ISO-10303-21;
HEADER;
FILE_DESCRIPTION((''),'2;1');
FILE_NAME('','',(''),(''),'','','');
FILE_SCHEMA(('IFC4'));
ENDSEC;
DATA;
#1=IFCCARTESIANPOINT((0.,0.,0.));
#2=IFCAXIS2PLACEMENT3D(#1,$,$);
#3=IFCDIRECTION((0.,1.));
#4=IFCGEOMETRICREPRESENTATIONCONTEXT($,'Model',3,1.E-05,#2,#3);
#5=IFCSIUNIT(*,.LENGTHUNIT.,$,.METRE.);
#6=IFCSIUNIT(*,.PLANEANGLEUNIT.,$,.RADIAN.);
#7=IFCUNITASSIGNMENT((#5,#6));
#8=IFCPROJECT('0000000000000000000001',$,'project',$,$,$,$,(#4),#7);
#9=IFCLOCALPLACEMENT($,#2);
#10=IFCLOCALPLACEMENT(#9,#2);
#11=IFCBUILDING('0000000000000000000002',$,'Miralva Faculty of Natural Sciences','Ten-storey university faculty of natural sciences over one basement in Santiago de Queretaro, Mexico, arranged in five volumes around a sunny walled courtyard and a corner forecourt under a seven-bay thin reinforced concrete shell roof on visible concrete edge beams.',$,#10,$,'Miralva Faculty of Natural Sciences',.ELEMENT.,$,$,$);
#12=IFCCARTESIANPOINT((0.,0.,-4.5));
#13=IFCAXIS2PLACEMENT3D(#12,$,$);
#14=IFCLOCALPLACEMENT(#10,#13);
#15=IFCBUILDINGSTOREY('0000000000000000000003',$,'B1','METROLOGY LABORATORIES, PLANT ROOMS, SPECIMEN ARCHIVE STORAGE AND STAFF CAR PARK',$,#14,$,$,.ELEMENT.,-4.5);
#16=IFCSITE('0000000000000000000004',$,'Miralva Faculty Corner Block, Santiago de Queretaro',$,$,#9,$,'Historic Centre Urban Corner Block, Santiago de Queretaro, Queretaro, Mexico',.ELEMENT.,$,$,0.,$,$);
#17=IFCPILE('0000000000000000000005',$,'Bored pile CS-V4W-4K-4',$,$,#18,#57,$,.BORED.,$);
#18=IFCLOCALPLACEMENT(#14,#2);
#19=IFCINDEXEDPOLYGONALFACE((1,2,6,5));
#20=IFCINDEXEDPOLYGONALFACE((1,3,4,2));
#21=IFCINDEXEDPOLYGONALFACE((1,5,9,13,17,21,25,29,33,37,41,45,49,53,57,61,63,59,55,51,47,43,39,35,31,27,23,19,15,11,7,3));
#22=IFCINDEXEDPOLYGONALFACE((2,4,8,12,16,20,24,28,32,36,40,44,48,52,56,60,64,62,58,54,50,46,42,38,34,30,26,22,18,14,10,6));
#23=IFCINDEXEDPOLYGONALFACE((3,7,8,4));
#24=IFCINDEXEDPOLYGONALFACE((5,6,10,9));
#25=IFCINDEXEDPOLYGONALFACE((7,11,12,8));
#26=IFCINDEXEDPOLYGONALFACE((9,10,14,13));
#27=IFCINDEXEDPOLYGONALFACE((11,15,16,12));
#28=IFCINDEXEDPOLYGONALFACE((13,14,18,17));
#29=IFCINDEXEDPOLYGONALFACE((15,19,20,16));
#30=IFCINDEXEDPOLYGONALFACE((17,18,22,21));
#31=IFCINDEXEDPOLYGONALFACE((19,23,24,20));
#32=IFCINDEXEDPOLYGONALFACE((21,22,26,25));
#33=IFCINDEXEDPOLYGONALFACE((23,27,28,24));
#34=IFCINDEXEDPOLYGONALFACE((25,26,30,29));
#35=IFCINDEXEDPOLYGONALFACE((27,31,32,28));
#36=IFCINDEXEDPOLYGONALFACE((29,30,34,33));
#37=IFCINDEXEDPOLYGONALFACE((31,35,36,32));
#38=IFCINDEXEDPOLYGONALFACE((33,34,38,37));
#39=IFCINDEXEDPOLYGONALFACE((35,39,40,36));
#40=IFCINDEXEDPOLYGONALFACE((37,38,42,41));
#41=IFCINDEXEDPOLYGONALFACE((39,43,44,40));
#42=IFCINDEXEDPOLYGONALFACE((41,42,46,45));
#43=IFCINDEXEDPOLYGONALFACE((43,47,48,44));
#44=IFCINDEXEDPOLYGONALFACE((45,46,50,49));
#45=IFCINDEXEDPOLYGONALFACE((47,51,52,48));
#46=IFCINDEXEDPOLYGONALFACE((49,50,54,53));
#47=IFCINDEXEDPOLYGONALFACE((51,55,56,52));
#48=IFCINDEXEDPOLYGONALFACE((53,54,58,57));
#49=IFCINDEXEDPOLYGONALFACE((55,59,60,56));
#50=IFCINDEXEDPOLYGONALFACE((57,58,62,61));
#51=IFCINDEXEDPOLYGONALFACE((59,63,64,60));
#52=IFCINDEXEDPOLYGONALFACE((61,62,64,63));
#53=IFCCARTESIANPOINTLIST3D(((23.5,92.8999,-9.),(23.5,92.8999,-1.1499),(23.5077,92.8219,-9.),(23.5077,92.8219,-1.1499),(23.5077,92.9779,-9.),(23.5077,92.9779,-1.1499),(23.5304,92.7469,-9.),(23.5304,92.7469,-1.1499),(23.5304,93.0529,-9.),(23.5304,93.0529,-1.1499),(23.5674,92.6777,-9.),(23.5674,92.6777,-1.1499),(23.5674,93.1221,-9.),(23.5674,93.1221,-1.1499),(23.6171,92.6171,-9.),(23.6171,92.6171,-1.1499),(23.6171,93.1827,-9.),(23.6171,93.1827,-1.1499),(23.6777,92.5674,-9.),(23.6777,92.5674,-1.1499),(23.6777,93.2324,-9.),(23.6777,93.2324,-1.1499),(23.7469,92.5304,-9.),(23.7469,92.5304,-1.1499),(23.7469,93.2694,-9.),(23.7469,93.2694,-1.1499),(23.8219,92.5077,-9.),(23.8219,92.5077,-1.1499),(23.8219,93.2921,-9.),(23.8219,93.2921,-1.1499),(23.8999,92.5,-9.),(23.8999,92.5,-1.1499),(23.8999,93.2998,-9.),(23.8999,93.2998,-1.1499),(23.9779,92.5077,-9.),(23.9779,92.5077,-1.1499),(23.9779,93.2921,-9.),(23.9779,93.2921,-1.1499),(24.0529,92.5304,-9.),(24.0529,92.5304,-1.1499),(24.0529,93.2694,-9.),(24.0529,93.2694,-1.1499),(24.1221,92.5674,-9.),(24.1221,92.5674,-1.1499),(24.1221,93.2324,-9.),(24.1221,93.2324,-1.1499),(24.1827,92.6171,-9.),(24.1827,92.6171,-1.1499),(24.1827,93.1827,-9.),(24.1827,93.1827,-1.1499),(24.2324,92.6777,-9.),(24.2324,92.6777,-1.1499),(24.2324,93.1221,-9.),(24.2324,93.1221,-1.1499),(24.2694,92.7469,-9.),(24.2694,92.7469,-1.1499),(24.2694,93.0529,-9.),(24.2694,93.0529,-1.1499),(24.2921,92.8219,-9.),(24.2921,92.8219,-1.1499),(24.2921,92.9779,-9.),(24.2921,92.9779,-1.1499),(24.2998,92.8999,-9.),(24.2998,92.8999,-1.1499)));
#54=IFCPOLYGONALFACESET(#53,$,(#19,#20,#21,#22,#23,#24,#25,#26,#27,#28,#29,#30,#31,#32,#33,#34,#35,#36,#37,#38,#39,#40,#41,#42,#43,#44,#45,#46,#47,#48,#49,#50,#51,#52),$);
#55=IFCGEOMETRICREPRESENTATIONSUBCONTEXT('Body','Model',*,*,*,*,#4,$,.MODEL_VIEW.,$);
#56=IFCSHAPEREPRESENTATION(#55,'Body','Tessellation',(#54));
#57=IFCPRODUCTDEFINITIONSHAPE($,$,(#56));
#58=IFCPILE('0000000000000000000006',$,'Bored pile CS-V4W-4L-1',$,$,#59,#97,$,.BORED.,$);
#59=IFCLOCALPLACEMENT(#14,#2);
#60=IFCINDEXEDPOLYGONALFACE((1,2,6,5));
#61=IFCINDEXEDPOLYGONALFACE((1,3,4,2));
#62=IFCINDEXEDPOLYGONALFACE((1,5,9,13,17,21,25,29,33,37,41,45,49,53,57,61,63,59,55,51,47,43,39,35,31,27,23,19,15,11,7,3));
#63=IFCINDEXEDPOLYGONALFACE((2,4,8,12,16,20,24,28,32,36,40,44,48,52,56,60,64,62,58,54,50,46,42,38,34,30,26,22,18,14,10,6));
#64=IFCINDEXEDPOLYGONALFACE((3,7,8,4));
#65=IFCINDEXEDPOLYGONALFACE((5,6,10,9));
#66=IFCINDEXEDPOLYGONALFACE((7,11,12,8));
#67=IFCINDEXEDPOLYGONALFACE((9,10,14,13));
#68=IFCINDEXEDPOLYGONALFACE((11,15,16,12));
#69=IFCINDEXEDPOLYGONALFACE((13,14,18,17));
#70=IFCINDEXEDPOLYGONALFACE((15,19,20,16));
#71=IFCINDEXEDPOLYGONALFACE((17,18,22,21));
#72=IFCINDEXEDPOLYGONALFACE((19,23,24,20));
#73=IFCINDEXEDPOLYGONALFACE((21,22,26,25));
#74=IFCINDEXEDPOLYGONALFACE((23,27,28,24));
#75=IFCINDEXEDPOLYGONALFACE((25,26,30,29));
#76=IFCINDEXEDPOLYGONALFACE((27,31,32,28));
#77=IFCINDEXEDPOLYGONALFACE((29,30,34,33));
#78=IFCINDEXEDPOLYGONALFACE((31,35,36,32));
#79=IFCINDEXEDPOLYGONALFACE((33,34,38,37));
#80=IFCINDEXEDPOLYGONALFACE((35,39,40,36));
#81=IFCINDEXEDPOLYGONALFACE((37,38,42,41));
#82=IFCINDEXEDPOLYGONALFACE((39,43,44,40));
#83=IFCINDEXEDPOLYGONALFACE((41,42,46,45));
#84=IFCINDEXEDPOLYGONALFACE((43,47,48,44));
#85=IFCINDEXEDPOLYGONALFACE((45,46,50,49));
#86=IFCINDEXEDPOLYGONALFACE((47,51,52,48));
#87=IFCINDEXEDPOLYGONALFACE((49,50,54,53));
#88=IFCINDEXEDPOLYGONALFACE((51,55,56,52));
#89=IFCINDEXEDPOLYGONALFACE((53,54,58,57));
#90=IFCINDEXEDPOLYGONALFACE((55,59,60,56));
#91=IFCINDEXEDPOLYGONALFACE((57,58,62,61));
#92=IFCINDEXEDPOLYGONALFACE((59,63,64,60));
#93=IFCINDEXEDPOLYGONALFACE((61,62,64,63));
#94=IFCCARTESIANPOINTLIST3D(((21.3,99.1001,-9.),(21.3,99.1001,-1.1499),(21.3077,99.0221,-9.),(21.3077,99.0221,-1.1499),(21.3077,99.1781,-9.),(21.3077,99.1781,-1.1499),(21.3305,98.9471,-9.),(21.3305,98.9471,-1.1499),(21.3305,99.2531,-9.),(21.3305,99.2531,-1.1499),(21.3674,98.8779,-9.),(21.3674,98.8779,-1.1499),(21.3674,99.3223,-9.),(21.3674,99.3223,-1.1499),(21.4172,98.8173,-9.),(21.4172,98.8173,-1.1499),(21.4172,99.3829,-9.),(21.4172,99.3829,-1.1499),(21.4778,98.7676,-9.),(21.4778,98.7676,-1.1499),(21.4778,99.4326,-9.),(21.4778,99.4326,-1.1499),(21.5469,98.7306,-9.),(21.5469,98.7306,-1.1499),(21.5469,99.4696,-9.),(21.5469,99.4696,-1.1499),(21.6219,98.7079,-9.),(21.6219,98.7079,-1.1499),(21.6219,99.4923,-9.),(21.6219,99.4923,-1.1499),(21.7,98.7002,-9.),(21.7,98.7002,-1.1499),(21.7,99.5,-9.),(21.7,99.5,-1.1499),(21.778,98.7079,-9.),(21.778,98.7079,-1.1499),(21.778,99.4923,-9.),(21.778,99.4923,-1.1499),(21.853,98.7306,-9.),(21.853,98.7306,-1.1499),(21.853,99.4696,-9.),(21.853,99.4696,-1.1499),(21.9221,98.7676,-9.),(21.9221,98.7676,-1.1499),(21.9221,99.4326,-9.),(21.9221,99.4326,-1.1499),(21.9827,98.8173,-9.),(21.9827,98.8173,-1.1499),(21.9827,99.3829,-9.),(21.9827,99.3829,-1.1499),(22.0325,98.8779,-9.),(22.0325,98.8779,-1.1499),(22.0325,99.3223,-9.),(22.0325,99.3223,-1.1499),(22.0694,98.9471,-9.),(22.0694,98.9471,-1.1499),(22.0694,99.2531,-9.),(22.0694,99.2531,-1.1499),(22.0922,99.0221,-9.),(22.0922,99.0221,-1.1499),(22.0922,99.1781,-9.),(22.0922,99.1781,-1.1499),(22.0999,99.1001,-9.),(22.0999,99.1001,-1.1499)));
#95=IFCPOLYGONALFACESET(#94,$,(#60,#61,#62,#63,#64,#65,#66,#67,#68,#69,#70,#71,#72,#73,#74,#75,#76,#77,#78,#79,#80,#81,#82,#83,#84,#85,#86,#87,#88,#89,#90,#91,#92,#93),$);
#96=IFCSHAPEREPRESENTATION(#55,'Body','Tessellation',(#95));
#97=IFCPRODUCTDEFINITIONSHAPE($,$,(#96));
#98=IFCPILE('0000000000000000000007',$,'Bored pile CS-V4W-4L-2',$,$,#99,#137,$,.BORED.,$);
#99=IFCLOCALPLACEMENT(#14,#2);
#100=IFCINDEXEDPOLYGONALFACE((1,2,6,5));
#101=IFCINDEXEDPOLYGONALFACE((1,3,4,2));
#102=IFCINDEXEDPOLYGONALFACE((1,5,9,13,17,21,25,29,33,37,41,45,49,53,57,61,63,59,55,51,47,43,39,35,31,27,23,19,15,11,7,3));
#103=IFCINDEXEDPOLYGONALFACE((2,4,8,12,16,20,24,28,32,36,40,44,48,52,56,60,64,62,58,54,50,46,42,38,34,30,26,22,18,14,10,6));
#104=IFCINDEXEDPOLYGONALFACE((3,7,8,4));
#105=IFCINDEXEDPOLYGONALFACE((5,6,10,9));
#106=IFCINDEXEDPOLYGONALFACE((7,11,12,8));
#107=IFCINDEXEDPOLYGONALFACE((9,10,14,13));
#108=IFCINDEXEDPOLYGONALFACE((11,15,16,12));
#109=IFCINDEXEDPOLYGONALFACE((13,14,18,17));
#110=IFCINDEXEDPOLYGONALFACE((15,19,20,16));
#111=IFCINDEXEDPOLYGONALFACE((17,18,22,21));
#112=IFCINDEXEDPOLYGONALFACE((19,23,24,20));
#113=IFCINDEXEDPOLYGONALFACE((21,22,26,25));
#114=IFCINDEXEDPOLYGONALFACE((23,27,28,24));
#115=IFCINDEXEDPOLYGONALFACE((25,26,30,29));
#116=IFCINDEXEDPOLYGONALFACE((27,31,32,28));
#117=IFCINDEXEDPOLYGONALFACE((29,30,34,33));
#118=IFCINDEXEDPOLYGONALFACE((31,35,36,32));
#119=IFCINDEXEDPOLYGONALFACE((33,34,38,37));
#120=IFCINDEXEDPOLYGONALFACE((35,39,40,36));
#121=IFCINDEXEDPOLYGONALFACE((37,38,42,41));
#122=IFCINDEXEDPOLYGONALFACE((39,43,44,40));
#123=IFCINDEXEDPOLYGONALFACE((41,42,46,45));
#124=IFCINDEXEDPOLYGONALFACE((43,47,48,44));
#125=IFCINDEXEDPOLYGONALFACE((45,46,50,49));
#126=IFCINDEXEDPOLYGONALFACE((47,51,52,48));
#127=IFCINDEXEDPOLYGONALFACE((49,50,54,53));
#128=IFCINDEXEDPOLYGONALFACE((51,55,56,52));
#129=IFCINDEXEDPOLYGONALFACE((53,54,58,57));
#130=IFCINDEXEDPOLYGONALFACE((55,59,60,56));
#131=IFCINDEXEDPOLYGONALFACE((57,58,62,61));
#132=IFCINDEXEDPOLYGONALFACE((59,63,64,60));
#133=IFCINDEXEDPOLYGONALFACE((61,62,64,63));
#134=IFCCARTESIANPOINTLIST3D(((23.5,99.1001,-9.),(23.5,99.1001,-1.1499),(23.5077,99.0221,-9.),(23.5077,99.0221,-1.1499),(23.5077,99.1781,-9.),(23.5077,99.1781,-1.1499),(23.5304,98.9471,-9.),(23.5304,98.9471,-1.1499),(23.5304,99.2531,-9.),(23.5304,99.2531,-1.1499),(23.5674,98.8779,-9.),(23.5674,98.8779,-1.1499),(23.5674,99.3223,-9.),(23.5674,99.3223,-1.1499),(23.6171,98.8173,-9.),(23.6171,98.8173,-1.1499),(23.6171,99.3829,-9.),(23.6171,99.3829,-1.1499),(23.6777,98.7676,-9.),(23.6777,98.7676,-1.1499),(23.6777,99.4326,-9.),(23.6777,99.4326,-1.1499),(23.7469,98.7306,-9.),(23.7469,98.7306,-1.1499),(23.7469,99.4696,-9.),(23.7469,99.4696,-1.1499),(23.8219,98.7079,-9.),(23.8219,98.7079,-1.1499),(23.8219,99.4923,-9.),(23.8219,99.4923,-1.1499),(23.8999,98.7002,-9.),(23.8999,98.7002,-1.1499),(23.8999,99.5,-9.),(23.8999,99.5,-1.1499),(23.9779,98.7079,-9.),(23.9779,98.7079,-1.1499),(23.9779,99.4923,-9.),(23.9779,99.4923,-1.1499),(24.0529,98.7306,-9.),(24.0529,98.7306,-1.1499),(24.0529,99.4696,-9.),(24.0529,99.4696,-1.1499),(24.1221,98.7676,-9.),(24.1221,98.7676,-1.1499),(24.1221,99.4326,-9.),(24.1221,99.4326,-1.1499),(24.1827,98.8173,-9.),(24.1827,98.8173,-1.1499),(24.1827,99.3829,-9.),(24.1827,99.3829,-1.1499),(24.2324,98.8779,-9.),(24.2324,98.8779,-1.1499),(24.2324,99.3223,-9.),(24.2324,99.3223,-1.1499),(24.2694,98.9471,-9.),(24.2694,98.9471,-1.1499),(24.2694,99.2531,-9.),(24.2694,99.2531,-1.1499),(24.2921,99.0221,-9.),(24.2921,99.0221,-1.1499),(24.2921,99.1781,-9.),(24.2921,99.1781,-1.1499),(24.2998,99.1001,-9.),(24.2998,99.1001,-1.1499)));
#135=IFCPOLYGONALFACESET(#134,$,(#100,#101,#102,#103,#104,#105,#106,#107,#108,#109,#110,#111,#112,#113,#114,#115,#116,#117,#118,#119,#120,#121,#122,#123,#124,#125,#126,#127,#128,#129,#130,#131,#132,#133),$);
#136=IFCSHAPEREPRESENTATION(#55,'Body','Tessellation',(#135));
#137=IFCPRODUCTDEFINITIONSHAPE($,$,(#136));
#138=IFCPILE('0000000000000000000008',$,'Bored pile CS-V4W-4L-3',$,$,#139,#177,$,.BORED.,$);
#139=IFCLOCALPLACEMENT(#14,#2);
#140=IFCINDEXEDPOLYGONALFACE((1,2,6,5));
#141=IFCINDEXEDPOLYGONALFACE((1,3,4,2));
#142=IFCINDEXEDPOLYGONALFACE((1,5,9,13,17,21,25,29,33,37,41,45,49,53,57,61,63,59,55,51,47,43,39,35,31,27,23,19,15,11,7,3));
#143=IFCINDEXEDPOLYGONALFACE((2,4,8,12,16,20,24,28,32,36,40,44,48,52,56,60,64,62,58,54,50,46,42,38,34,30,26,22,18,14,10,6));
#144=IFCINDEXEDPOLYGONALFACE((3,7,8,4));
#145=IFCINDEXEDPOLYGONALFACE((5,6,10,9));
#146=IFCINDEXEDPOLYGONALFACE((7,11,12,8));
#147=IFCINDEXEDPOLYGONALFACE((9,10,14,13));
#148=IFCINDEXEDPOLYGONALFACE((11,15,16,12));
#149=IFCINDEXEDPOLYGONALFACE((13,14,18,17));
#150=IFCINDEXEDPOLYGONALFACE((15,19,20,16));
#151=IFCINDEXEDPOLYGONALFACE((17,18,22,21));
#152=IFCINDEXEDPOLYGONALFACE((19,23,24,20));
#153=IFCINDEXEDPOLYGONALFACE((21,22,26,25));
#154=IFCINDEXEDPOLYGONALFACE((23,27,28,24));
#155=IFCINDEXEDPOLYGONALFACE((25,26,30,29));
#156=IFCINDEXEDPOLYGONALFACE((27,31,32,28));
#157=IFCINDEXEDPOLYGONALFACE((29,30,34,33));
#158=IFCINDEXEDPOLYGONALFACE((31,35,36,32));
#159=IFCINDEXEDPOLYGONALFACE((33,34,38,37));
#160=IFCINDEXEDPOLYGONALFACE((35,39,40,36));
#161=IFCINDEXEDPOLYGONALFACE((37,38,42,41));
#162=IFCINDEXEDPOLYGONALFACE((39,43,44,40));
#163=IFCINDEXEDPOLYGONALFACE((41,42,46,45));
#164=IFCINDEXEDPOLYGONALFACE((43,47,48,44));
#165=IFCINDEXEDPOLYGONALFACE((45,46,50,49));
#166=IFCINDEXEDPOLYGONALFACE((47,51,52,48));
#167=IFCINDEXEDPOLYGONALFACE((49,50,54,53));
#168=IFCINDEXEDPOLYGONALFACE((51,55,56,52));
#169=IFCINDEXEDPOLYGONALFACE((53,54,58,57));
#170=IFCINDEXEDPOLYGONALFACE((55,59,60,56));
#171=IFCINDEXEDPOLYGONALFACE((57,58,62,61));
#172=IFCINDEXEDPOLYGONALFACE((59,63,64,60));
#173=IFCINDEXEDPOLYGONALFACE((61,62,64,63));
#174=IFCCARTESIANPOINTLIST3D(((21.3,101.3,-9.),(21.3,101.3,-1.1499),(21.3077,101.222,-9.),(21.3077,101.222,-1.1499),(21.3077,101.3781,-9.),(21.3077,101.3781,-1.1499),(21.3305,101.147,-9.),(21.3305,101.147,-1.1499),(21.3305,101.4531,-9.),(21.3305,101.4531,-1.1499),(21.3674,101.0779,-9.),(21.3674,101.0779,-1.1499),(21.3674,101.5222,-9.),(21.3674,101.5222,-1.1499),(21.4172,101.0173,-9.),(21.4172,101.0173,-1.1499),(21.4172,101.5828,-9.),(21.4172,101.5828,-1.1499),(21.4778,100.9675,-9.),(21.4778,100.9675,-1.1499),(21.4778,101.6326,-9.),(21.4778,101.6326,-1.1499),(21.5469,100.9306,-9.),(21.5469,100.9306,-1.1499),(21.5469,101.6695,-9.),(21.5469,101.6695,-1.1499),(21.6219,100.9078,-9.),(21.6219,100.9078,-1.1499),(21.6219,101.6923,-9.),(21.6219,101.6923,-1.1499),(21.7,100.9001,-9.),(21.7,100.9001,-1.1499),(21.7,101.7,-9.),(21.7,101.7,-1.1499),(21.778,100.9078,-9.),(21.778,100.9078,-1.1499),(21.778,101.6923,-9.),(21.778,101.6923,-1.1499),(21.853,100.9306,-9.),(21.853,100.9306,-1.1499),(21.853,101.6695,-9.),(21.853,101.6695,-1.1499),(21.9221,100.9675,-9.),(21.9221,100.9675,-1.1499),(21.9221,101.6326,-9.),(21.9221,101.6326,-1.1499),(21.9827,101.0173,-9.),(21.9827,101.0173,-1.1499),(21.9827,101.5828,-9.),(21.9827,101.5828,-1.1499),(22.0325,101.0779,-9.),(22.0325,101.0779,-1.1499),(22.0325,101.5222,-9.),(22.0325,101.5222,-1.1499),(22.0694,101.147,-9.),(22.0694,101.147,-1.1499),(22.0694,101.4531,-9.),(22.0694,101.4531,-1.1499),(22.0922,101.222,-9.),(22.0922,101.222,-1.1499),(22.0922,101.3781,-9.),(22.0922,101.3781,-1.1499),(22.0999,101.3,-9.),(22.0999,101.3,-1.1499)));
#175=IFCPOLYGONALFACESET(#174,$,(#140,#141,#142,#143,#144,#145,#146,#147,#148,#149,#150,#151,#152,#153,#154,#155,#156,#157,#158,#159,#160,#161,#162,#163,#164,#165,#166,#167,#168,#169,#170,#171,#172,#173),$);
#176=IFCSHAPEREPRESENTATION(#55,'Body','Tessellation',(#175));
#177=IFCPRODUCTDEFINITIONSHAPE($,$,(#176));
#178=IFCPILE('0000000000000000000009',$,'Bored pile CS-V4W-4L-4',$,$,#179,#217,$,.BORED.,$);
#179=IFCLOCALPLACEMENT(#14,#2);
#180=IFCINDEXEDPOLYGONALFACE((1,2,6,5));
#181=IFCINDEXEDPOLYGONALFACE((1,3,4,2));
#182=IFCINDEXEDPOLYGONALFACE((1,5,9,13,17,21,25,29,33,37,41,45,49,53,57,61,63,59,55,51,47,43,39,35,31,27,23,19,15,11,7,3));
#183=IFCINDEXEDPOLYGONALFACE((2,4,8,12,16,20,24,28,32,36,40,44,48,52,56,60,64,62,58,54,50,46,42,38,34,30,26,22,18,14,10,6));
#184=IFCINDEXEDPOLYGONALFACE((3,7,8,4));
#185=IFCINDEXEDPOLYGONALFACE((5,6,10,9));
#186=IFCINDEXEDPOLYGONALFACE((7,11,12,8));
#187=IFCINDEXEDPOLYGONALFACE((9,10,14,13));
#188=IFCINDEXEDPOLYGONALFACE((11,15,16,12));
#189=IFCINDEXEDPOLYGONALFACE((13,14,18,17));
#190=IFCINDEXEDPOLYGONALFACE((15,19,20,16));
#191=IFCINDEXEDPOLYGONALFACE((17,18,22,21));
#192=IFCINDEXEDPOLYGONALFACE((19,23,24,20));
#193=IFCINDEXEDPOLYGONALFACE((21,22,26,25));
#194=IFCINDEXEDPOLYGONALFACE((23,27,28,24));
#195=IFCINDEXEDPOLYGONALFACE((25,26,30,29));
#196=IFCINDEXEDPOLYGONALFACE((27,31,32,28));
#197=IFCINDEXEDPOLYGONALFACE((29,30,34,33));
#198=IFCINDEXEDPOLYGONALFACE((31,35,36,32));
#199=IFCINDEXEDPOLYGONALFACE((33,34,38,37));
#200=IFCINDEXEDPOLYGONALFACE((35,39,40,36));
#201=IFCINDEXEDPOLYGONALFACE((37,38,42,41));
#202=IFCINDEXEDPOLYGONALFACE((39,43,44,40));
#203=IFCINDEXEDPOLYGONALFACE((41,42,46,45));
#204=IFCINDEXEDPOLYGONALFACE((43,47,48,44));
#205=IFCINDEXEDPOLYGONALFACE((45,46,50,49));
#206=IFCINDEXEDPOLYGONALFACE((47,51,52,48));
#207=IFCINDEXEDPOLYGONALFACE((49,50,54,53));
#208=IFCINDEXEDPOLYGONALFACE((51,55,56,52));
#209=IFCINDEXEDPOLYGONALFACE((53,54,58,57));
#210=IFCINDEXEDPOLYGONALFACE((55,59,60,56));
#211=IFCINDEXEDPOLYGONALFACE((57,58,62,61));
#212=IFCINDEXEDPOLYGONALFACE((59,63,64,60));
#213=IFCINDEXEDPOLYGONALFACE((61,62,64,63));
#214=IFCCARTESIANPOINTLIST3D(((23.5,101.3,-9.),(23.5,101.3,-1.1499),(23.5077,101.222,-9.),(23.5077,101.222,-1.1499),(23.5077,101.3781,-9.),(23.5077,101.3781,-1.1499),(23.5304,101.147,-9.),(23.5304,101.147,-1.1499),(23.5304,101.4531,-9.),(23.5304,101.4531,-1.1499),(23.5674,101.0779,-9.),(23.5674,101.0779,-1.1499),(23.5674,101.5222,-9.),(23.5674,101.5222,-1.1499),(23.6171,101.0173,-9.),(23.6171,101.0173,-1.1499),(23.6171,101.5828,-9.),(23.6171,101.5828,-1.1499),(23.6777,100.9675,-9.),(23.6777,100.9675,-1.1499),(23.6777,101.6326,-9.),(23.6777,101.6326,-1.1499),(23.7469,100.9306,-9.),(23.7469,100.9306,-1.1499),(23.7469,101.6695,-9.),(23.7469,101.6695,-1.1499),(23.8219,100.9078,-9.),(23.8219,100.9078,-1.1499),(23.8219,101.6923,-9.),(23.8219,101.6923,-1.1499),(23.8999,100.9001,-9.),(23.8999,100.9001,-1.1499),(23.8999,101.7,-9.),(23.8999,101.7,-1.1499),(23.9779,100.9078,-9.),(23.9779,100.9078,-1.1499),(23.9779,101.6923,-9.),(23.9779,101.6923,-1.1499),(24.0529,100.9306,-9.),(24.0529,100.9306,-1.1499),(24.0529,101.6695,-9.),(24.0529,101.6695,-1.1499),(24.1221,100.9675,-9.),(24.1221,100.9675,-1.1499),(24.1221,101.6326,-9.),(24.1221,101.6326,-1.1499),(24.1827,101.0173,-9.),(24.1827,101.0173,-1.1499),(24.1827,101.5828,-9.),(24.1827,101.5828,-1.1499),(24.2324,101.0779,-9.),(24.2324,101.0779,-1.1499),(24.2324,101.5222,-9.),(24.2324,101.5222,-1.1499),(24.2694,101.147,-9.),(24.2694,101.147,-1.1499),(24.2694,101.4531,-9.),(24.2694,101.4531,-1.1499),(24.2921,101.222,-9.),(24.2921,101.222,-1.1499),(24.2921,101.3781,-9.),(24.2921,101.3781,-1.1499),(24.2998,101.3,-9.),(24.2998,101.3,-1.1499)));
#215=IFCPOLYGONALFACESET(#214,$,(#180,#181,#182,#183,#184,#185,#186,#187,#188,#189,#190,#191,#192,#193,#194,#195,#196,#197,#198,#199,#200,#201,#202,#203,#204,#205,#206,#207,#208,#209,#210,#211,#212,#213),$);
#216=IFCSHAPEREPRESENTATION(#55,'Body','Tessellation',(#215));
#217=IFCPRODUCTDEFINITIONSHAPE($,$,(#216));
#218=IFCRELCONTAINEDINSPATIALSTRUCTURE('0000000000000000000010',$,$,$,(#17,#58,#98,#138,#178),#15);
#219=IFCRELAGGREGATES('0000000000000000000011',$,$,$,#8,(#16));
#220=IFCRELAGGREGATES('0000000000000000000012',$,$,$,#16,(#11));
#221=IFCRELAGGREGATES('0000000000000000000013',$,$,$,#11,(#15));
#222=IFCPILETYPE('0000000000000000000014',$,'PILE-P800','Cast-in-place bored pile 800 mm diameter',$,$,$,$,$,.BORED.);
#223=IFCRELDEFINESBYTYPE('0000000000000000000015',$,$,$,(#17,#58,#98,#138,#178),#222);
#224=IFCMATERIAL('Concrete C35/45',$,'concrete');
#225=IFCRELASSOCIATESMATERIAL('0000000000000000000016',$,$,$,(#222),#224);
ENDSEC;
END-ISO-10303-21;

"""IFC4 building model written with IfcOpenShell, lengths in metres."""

from ifc_helpers import new_model, si_unit, direction, frame, origin, origin_2d, place, context, subcontext, project, spatial, circle, extrude, material, material_profile, profile_set, type_object, element, save


model = new_model("IFC4")

# Units and contexts
model_context = context("Model", 3, precision=1e-05, world=origin(), true_north=direction((0.0, 1.0)))
body_context = subcontext(model_context, "Body", "Model", "MODEL_VIEW")
ifc_project = project(units=[si_unit("LENGTHUNIT", "METRE"), si_unit("PLANEANGLEUNIT", "RADIAN")], contexts=[model_context])

# Site, building, storey
site_placement = place(None, origin())
site = spatial("IfcSite", under=ifc_project, at=site_placement, Name="Miralva Faculty Corner Block, Santiago de Queretaro", LongName="Historic Centre Urban Corner Block, Santiago de Queretaro, Queretaro, Mexico", CompositionType="ELEMENT", RefElevation=0.0)
building_placement = place(site_placement, origin())
building = spatial("IfcBuilding", under=site, at=building_placement, Name="Miralva Faculty of Natural Sciences", Description="Ten-storey university faculty of natural sciences over one basement in Santiago de Queretaro, Mexico, arranged in five volumes around a sunny walled courtyard and a corner forecourt under a seven-bay thin reinforced concrete shell roof on visible concrete edge beams.", LongName="Miralva Faculty of Natural Sciences", CompositionType="ELEMENT")
storey_placement = place(building_placement, frame((0.0, 0.0, -4.5)))
storey = spatial("IfcBuildingStorey", under=building, at=storey_placement, Name="B1", Description="METROLOGY LABORATORIES, PLANT ROOMS, SPECIMEN ARCHIVE STORAGE AND STAFF CAR PARK", CompositionType="ELEMENT", Elevation=-4.5)

# Shared definitions
ifc_material_1 = material(Name="Concrete C35/45", Category="concrete")

# Piles
ifc_material_profile_1 = material_profile(ifc_material_1, circle(Radius=0.3999, at=origin_2d()), Name="BORED PILE 800")
ifc_profile_set_1 = profile_set([ifc_material_profile_1], Name="Concrete C35/45")
pile_type = type_object("IfcPileType", Name="PILE-P800", Description="Cast-in-place bored pile 800 mm diameter", PredefinedType="BORED", material=ifc_profile_set_1)
for number, where, z_axis, x_axis, name in (
    (1, (23.8999, 92.8999, -1.1499), (0.0, 0.0, -1.0), (1.0, 0.0, 0.0), "Bored pile CS-V4W-4K-4"),
    (2, (21.7, 99.1001, -1.1499), (0.0, 0.0, -1.0), (1.0, 0.0, 0.0), "Bored pile CS-V4W-4L-1"),
    (3, (23.8999, 99.1001, -1.1499), (0.0, 0.0, -1.0), (1.0, 0.0, 0.0), "Bored pile CS-V4W-4L-2"),
    (4, (21.7, 101.3, -1.1499), (0.0, 0.0, -1.0), (1.0, 0.0, 0.0), "Bored pile CS-V4W-4L-3"),
    (5, (23.8999, 101.3, -1.1499), (0.0, 0.0, -1.0), (1.0, 0.0, 0.0), "Bored pile CS-V4W-4L-4"),
):
    element("IfcPile", number, at=place(storey_placement, frame(where, z_axis=z_axis, x_axis=x_axis)), inside=storey, type_object=pile_type, Name=name, PredefinedType="BORED", context=body_context, shape_type="SweptSolid", body=[
        extrude(circle(Radius=0.3999, at=origin_2d()), origin(), (0.0, 0.0, 1.0), 7.8501),
    ])

save(model, "model.ifc")
